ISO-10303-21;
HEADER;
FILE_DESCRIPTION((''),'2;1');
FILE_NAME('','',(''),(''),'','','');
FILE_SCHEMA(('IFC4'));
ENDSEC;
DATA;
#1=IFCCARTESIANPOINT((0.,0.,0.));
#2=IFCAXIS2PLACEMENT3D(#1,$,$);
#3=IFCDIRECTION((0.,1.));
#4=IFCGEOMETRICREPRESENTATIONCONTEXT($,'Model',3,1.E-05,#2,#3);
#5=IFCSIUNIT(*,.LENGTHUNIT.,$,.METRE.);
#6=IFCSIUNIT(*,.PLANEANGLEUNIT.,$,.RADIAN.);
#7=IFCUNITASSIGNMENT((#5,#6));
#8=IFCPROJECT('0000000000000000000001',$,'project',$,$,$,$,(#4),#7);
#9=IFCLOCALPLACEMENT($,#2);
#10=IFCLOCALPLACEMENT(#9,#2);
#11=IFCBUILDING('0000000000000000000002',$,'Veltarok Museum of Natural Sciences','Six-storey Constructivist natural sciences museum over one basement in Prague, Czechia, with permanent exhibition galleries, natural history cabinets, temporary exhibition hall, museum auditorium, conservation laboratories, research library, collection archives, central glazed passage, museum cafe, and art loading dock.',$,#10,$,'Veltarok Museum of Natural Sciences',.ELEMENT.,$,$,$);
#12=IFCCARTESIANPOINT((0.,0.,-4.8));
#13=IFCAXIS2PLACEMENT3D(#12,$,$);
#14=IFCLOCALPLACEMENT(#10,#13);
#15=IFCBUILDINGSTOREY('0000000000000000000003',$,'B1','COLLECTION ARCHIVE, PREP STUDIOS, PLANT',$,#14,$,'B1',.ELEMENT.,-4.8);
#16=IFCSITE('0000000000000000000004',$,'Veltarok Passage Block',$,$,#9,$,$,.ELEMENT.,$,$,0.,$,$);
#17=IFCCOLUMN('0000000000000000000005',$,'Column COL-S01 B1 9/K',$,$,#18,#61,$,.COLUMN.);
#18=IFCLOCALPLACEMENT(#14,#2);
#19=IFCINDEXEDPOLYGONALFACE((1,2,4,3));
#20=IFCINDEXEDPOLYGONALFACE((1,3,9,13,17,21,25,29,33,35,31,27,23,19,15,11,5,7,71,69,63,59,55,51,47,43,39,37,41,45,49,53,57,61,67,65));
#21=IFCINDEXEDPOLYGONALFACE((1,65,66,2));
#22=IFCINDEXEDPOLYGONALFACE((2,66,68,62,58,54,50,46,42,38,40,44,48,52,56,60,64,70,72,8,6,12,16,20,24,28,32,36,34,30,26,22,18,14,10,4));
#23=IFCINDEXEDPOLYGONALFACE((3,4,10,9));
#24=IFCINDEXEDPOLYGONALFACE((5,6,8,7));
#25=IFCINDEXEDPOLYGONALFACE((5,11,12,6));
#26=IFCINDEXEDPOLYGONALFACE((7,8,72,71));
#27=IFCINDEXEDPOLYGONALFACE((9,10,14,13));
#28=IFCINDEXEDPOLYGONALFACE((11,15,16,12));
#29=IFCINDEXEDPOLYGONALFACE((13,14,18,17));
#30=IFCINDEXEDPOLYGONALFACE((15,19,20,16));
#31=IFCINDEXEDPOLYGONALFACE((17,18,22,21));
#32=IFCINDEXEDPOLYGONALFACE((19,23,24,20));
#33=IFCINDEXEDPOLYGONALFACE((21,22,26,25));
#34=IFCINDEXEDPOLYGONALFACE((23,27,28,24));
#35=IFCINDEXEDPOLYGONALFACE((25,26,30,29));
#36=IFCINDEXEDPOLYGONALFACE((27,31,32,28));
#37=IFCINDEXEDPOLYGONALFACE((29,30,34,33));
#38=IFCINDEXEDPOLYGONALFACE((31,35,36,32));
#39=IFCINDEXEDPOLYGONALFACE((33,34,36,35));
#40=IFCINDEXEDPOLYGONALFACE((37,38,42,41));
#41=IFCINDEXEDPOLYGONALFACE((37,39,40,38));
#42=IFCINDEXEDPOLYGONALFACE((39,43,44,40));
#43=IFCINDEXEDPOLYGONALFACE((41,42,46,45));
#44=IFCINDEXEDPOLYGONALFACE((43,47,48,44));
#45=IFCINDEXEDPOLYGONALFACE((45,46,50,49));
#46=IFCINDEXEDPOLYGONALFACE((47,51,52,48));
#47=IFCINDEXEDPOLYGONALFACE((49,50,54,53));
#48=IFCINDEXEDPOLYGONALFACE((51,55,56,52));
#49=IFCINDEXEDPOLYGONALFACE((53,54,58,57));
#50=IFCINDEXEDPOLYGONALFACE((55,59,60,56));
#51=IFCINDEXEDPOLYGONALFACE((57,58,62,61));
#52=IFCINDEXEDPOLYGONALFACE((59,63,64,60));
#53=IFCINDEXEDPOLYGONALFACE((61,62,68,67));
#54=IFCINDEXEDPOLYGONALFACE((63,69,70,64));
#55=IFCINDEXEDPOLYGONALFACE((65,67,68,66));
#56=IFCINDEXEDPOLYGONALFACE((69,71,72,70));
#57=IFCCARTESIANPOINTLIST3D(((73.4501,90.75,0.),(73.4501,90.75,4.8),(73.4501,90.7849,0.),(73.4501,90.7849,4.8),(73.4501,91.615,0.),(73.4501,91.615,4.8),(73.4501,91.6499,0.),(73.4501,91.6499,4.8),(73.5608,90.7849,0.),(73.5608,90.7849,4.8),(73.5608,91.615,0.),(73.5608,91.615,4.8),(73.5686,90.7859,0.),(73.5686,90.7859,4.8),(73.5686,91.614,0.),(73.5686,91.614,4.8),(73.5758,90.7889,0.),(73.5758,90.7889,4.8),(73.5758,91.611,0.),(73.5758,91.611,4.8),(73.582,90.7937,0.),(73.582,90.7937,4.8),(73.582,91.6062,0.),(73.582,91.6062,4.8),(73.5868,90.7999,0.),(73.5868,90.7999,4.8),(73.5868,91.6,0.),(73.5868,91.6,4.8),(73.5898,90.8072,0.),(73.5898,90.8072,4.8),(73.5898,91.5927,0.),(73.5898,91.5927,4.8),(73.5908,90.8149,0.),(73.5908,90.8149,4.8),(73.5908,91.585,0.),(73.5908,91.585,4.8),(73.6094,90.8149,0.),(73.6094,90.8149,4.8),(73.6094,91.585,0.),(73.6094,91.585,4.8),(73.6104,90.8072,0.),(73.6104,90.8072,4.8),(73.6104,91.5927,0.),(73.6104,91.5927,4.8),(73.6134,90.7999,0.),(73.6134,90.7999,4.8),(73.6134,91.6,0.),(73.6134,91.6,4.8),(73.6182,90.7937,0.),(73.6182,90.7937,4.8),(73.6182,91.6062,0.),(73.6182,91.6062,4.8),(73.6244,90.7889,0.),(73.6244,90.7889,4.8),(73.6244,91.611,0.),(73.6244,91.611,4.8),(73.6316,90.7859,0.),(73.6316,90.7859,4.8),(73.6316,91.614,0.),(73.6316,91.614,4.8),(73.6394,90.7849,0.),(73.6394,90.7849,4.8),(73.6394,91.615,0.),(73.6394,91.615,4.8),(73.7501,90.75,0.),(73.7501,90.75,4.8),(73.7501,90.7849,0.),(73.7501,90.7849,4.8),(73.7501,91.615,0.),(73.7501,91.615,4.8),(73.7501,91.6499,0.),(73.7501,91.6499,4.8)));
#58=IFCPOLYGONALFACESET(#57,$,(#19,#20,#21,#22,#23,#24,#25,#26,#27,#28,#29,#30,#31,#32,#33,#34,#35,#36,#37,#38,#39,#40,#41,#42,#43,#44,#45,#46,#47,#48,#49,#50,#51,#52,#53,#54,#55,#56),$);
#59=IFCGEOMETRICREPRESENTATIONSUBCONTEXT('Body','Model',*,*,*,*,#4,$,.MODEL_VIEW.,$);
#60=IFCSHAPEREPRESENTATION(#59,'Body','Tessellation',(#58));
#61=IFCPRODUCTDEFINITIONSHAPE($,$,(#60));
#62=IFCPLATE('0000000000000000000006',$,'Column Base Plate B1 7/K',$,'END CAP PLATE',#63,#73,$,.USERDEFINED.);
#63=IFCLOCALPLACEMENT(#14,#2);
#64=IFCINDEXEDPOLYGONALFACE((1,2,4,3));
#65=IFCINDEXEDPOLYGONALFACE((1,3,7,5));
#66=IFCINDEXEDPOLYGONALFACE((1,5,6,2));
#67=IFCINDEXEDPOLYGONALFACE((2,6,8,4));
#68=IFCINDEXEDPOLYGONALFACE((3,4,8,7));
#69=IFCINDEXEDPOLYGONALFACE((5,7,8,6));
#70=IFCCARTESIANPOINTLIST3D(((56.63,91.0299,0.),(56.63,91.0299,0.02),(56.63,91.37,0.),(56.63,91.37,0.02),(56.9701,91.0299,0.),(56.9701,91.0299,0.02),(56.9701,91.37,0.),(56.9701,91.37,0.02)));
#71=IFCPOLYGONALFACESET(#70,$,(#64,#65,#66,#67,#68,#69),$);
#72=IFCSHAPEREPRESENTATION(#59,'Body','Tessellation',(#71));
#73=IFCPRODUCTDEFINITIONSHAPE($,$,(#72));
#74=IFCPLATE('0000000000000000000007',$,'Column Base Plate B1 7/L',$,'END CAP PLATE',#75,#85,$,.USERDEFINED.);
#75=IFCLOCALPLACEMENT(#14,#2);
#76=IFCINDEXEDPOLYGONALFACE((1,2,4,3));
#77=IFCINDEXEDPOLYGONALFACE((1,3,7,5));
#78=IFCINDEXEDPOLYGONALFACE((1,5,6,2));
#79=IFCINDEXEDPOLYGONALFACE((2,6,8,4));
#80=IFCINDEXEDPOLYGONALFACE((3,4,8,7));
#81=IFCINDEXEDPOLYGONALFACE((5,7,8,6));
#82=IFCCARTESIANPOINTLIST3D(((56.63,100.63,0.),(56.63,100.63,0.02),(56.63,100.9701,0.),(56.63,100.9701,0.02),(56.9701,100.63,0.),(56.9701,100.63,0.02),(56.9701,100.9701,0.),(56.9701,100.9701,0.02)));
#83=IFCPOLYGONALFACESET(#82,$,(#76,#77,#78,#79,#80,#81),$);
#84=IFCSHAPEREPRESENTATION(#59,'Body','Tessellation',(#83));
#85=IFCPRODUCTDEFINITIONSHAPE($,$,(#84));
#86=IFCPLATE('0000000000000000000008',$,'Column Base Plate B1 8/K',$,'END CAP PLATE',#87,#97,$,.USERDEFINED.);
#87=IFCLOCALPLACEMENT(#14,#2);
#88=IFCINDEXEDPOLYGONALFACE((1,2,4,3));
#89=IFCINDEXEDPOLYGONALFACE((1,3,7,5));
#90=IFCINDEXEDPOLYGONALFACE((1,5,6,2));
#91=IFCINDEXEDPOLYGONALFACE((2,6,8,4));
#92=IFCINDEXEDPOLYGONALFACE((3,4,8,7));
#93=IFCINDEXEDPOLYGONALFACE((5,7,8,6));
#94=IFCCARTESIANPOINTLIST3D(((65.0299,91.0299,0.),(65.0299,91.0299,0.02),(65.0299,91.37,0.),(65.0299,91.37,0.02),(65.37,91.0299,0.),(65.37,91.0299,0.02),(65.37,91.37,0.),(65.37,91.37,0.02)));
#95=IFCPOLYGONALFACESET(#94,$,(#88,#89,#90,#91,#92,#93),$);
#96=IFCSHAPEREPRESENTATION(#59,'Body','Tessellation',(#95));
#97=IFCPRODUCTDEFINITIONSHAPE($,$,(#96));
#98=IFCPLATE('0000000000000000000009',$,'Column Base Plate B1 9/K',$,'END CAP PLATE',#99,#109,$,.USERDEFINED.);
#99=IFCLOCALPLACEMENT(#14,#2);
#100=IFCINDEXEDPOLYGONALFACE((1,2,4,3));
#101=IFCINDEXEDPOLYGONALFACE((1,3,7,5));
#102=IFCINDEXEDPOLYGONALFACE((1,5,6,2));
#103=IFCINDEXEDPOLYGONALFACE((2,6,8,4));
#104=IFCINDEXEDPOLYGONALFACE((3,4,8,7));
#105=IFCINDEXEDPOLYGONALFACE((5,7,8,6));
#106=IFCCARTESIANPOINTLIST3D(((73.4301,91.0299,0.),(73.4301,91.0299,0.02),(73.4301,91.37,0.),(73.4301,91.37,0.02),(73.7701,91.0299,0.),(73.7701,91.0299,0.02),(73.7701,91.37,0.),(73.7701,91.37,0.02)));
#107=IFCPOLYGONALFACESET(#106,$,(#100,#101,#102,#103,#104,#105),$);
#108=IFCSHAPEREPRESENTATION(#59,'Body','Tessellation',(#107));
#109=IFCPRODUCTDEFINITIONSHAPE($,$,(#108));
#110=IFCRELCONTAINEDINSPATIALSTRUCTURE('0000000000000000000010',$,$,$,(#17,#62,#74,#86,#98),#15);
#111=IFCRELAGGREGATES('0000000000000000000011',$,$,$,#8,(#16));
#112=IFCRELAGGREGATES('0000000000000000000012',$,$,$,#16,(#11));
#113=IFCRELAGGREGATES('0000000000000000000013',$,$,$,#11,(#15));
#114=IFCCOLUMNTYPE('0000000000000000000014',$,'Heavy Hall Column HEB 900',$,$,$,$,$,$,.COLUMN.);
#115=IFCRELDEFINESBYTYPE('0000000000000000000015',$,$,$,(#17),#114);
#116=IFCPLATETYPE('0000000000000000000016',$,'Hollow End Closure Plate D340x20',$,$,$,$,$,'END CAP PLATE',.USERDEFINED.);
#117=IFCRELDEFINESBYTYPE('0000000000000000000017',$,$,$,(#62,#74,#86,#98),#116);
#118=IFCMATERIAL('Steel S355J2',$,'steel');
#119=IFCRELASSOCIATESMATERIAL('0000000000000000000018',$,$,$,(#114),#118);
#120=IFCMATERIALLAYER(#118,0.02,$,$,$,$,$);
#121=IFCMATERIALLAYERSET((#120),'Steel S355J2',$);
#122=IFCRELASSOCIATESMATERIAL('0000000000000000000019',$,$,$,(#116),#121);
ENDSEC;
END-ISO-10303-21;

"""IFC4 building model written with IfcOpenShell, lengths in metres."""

from ifc_helpers import new_model, si_unit, direction, frame, origin, origin_2d, place, context, subcontext, project, spatial, rectangle, i_section, extrude, material, layer, layer_set, material_profile, profile_set, type_object, element, save


model = new_model("IFC4")

# Units and contexts
model_context = context("Model", 3, precision=1e-05, world=origin(), true_north=direction((0.0, 1.0)))
body_context = subcontext(model_context, "Body", "Model", "MODEL_VIEW")
ifc_project = project(units=[si_unit("LENGTHUNIT", "METRE"), si_unit("PLANEANGLEUNIT", "RADIAN")], contexts=[model_context])

# Site, building, storey
site_placement = place(None, origin())
site = spatial("IfcSite", under=ifc_project, at=site_placement, Name="Veltarok Passage Block", CompositionType="ELEMENT", RefElevation=0.0)
building_placement = place(site_placement, origin())
building = spatial("IfcBuilding", under=site, at=building_placement, Name="Veltarok Museum of Natural Sciences", Description="Six-storey Constructivist natural sciences museum over one basement in Prague, Czechia, with permanent exhibition galleries, natural history cabinets, temporary exhibition hall, museum auditorium, conservation laboratories, research library, collection archives, central glazed passage, museum cafe, and art loading dock.", LongName="Veltarok Museum of Natural Sciences", CompositionType="ELEMENT")
storey_placement = place(building_placement, frame((0.0, 0.0, -4.8)))
storey = spatial("IfcBuildingStorey", under=building, at=storey_placement, Name="B1", Description="COLLECTION ARCHIVE, PREP STUDIOS, PLANT", LongName="B1", CompositionType="ELEMENT", Elevation=-4.8)

# Column
ifc_material_1 = material(Name="Steel S355J2", Category="steel")
ifc_material_profile_1 = material_profile(ifc_material_1, i_section(OverallWidth=0.3, OverallDepth=0.8999, WebThickness=0.0186, FlangeThickness=0.0349, FilletRadius=0.03, at=origin_2d()), Name="HEB 900")
ifc_profile_set_1 = profile_set([ifc_material_profile_1], Name="Steel S355J2")
column_type = type_object("IfcColumnType", Name="Heavy Hall Column HEB 900", PredefinedType="COLUMN", material=ifc_profile_set_1)
for number, where, z_axis, x_axis, name in (
    (1, (73.6001, 91.2, 0.0), (0.0, 0.0, 1.0), (1.0, 0.0, 0.0), "Column COL-S01 B1 9/K"),
):
    element("IfcColumn", number, at=place(storey_placement, frame(where, z_axis=z_axis, x_axis=x_axis)), inside=storey, type_object=column_type, Name=name, PredefinedType="COLUMN", context=body_context, shape_type="SweptSolid", body=[
        extrude(i_section(OverallWidth=0.3, OverallDepth=0.8999, WebThickness=0.0186, FlangeThickness=0.0349, FilletRadius=0.03, at=origin_2d()), origin(), (0.0, 0.0, 1.0), 4.8),
    ])

# Plates
ifc_layer = layer(ifc_material_1, 0.02)
ifc_layer_set = layer_set([ifc_layer], Name="Steel S355J2")
plate_type = type_object("IfcPlateType", Name="Hollow End Closure Plate D340x20", ElementType="END CAP PLATE", PredefinedType="USERDEFINED", material=ifc_layer_set)
for number, where, z_axis, x_axis, name in (
    (2, (56.8, 91.2, 0.0), (0.0, 0.0, 1.0), (1.0, 0.0, 0.0), "Column Base Plate B1 7/K"),
    (3, (56.8, 100.8, 0.0), (0.0, 0.0, 1.0), (1.0, 0.0, 0.0), "Column Base Plate B1 7/L"),
    (4, (65.2, 91.2, 0.0), (0.0, 0.0, 1.0), (1.0, 0.0, 0.0), "Column Base Plate B1 8/K"),
    (5, (73.6001, 91.2, 0.0), (0.0, 0.0, 1.0), (1.0, 0.0, 0.0), "Column Base Plate B1 9/K"),
):
    element("IfcPlate", number, at=place(storey_placement, frame(where, z_axis=z_axis, x_axis=x_axis)), inside=storey, type_object=plate_type, Name=name, ObjectType="END CAP PLATE", PredefinedType="USERDEFINED", context=body_context, shape_type="SweptSolid", body=[
        extrude(rectangle(XDim=0.3401, YDim=0.3401, at=origin_2d()), origin(), (0.0, 0.0, 1.0), 0.02),
    ])

save(model, "model.ifc")
